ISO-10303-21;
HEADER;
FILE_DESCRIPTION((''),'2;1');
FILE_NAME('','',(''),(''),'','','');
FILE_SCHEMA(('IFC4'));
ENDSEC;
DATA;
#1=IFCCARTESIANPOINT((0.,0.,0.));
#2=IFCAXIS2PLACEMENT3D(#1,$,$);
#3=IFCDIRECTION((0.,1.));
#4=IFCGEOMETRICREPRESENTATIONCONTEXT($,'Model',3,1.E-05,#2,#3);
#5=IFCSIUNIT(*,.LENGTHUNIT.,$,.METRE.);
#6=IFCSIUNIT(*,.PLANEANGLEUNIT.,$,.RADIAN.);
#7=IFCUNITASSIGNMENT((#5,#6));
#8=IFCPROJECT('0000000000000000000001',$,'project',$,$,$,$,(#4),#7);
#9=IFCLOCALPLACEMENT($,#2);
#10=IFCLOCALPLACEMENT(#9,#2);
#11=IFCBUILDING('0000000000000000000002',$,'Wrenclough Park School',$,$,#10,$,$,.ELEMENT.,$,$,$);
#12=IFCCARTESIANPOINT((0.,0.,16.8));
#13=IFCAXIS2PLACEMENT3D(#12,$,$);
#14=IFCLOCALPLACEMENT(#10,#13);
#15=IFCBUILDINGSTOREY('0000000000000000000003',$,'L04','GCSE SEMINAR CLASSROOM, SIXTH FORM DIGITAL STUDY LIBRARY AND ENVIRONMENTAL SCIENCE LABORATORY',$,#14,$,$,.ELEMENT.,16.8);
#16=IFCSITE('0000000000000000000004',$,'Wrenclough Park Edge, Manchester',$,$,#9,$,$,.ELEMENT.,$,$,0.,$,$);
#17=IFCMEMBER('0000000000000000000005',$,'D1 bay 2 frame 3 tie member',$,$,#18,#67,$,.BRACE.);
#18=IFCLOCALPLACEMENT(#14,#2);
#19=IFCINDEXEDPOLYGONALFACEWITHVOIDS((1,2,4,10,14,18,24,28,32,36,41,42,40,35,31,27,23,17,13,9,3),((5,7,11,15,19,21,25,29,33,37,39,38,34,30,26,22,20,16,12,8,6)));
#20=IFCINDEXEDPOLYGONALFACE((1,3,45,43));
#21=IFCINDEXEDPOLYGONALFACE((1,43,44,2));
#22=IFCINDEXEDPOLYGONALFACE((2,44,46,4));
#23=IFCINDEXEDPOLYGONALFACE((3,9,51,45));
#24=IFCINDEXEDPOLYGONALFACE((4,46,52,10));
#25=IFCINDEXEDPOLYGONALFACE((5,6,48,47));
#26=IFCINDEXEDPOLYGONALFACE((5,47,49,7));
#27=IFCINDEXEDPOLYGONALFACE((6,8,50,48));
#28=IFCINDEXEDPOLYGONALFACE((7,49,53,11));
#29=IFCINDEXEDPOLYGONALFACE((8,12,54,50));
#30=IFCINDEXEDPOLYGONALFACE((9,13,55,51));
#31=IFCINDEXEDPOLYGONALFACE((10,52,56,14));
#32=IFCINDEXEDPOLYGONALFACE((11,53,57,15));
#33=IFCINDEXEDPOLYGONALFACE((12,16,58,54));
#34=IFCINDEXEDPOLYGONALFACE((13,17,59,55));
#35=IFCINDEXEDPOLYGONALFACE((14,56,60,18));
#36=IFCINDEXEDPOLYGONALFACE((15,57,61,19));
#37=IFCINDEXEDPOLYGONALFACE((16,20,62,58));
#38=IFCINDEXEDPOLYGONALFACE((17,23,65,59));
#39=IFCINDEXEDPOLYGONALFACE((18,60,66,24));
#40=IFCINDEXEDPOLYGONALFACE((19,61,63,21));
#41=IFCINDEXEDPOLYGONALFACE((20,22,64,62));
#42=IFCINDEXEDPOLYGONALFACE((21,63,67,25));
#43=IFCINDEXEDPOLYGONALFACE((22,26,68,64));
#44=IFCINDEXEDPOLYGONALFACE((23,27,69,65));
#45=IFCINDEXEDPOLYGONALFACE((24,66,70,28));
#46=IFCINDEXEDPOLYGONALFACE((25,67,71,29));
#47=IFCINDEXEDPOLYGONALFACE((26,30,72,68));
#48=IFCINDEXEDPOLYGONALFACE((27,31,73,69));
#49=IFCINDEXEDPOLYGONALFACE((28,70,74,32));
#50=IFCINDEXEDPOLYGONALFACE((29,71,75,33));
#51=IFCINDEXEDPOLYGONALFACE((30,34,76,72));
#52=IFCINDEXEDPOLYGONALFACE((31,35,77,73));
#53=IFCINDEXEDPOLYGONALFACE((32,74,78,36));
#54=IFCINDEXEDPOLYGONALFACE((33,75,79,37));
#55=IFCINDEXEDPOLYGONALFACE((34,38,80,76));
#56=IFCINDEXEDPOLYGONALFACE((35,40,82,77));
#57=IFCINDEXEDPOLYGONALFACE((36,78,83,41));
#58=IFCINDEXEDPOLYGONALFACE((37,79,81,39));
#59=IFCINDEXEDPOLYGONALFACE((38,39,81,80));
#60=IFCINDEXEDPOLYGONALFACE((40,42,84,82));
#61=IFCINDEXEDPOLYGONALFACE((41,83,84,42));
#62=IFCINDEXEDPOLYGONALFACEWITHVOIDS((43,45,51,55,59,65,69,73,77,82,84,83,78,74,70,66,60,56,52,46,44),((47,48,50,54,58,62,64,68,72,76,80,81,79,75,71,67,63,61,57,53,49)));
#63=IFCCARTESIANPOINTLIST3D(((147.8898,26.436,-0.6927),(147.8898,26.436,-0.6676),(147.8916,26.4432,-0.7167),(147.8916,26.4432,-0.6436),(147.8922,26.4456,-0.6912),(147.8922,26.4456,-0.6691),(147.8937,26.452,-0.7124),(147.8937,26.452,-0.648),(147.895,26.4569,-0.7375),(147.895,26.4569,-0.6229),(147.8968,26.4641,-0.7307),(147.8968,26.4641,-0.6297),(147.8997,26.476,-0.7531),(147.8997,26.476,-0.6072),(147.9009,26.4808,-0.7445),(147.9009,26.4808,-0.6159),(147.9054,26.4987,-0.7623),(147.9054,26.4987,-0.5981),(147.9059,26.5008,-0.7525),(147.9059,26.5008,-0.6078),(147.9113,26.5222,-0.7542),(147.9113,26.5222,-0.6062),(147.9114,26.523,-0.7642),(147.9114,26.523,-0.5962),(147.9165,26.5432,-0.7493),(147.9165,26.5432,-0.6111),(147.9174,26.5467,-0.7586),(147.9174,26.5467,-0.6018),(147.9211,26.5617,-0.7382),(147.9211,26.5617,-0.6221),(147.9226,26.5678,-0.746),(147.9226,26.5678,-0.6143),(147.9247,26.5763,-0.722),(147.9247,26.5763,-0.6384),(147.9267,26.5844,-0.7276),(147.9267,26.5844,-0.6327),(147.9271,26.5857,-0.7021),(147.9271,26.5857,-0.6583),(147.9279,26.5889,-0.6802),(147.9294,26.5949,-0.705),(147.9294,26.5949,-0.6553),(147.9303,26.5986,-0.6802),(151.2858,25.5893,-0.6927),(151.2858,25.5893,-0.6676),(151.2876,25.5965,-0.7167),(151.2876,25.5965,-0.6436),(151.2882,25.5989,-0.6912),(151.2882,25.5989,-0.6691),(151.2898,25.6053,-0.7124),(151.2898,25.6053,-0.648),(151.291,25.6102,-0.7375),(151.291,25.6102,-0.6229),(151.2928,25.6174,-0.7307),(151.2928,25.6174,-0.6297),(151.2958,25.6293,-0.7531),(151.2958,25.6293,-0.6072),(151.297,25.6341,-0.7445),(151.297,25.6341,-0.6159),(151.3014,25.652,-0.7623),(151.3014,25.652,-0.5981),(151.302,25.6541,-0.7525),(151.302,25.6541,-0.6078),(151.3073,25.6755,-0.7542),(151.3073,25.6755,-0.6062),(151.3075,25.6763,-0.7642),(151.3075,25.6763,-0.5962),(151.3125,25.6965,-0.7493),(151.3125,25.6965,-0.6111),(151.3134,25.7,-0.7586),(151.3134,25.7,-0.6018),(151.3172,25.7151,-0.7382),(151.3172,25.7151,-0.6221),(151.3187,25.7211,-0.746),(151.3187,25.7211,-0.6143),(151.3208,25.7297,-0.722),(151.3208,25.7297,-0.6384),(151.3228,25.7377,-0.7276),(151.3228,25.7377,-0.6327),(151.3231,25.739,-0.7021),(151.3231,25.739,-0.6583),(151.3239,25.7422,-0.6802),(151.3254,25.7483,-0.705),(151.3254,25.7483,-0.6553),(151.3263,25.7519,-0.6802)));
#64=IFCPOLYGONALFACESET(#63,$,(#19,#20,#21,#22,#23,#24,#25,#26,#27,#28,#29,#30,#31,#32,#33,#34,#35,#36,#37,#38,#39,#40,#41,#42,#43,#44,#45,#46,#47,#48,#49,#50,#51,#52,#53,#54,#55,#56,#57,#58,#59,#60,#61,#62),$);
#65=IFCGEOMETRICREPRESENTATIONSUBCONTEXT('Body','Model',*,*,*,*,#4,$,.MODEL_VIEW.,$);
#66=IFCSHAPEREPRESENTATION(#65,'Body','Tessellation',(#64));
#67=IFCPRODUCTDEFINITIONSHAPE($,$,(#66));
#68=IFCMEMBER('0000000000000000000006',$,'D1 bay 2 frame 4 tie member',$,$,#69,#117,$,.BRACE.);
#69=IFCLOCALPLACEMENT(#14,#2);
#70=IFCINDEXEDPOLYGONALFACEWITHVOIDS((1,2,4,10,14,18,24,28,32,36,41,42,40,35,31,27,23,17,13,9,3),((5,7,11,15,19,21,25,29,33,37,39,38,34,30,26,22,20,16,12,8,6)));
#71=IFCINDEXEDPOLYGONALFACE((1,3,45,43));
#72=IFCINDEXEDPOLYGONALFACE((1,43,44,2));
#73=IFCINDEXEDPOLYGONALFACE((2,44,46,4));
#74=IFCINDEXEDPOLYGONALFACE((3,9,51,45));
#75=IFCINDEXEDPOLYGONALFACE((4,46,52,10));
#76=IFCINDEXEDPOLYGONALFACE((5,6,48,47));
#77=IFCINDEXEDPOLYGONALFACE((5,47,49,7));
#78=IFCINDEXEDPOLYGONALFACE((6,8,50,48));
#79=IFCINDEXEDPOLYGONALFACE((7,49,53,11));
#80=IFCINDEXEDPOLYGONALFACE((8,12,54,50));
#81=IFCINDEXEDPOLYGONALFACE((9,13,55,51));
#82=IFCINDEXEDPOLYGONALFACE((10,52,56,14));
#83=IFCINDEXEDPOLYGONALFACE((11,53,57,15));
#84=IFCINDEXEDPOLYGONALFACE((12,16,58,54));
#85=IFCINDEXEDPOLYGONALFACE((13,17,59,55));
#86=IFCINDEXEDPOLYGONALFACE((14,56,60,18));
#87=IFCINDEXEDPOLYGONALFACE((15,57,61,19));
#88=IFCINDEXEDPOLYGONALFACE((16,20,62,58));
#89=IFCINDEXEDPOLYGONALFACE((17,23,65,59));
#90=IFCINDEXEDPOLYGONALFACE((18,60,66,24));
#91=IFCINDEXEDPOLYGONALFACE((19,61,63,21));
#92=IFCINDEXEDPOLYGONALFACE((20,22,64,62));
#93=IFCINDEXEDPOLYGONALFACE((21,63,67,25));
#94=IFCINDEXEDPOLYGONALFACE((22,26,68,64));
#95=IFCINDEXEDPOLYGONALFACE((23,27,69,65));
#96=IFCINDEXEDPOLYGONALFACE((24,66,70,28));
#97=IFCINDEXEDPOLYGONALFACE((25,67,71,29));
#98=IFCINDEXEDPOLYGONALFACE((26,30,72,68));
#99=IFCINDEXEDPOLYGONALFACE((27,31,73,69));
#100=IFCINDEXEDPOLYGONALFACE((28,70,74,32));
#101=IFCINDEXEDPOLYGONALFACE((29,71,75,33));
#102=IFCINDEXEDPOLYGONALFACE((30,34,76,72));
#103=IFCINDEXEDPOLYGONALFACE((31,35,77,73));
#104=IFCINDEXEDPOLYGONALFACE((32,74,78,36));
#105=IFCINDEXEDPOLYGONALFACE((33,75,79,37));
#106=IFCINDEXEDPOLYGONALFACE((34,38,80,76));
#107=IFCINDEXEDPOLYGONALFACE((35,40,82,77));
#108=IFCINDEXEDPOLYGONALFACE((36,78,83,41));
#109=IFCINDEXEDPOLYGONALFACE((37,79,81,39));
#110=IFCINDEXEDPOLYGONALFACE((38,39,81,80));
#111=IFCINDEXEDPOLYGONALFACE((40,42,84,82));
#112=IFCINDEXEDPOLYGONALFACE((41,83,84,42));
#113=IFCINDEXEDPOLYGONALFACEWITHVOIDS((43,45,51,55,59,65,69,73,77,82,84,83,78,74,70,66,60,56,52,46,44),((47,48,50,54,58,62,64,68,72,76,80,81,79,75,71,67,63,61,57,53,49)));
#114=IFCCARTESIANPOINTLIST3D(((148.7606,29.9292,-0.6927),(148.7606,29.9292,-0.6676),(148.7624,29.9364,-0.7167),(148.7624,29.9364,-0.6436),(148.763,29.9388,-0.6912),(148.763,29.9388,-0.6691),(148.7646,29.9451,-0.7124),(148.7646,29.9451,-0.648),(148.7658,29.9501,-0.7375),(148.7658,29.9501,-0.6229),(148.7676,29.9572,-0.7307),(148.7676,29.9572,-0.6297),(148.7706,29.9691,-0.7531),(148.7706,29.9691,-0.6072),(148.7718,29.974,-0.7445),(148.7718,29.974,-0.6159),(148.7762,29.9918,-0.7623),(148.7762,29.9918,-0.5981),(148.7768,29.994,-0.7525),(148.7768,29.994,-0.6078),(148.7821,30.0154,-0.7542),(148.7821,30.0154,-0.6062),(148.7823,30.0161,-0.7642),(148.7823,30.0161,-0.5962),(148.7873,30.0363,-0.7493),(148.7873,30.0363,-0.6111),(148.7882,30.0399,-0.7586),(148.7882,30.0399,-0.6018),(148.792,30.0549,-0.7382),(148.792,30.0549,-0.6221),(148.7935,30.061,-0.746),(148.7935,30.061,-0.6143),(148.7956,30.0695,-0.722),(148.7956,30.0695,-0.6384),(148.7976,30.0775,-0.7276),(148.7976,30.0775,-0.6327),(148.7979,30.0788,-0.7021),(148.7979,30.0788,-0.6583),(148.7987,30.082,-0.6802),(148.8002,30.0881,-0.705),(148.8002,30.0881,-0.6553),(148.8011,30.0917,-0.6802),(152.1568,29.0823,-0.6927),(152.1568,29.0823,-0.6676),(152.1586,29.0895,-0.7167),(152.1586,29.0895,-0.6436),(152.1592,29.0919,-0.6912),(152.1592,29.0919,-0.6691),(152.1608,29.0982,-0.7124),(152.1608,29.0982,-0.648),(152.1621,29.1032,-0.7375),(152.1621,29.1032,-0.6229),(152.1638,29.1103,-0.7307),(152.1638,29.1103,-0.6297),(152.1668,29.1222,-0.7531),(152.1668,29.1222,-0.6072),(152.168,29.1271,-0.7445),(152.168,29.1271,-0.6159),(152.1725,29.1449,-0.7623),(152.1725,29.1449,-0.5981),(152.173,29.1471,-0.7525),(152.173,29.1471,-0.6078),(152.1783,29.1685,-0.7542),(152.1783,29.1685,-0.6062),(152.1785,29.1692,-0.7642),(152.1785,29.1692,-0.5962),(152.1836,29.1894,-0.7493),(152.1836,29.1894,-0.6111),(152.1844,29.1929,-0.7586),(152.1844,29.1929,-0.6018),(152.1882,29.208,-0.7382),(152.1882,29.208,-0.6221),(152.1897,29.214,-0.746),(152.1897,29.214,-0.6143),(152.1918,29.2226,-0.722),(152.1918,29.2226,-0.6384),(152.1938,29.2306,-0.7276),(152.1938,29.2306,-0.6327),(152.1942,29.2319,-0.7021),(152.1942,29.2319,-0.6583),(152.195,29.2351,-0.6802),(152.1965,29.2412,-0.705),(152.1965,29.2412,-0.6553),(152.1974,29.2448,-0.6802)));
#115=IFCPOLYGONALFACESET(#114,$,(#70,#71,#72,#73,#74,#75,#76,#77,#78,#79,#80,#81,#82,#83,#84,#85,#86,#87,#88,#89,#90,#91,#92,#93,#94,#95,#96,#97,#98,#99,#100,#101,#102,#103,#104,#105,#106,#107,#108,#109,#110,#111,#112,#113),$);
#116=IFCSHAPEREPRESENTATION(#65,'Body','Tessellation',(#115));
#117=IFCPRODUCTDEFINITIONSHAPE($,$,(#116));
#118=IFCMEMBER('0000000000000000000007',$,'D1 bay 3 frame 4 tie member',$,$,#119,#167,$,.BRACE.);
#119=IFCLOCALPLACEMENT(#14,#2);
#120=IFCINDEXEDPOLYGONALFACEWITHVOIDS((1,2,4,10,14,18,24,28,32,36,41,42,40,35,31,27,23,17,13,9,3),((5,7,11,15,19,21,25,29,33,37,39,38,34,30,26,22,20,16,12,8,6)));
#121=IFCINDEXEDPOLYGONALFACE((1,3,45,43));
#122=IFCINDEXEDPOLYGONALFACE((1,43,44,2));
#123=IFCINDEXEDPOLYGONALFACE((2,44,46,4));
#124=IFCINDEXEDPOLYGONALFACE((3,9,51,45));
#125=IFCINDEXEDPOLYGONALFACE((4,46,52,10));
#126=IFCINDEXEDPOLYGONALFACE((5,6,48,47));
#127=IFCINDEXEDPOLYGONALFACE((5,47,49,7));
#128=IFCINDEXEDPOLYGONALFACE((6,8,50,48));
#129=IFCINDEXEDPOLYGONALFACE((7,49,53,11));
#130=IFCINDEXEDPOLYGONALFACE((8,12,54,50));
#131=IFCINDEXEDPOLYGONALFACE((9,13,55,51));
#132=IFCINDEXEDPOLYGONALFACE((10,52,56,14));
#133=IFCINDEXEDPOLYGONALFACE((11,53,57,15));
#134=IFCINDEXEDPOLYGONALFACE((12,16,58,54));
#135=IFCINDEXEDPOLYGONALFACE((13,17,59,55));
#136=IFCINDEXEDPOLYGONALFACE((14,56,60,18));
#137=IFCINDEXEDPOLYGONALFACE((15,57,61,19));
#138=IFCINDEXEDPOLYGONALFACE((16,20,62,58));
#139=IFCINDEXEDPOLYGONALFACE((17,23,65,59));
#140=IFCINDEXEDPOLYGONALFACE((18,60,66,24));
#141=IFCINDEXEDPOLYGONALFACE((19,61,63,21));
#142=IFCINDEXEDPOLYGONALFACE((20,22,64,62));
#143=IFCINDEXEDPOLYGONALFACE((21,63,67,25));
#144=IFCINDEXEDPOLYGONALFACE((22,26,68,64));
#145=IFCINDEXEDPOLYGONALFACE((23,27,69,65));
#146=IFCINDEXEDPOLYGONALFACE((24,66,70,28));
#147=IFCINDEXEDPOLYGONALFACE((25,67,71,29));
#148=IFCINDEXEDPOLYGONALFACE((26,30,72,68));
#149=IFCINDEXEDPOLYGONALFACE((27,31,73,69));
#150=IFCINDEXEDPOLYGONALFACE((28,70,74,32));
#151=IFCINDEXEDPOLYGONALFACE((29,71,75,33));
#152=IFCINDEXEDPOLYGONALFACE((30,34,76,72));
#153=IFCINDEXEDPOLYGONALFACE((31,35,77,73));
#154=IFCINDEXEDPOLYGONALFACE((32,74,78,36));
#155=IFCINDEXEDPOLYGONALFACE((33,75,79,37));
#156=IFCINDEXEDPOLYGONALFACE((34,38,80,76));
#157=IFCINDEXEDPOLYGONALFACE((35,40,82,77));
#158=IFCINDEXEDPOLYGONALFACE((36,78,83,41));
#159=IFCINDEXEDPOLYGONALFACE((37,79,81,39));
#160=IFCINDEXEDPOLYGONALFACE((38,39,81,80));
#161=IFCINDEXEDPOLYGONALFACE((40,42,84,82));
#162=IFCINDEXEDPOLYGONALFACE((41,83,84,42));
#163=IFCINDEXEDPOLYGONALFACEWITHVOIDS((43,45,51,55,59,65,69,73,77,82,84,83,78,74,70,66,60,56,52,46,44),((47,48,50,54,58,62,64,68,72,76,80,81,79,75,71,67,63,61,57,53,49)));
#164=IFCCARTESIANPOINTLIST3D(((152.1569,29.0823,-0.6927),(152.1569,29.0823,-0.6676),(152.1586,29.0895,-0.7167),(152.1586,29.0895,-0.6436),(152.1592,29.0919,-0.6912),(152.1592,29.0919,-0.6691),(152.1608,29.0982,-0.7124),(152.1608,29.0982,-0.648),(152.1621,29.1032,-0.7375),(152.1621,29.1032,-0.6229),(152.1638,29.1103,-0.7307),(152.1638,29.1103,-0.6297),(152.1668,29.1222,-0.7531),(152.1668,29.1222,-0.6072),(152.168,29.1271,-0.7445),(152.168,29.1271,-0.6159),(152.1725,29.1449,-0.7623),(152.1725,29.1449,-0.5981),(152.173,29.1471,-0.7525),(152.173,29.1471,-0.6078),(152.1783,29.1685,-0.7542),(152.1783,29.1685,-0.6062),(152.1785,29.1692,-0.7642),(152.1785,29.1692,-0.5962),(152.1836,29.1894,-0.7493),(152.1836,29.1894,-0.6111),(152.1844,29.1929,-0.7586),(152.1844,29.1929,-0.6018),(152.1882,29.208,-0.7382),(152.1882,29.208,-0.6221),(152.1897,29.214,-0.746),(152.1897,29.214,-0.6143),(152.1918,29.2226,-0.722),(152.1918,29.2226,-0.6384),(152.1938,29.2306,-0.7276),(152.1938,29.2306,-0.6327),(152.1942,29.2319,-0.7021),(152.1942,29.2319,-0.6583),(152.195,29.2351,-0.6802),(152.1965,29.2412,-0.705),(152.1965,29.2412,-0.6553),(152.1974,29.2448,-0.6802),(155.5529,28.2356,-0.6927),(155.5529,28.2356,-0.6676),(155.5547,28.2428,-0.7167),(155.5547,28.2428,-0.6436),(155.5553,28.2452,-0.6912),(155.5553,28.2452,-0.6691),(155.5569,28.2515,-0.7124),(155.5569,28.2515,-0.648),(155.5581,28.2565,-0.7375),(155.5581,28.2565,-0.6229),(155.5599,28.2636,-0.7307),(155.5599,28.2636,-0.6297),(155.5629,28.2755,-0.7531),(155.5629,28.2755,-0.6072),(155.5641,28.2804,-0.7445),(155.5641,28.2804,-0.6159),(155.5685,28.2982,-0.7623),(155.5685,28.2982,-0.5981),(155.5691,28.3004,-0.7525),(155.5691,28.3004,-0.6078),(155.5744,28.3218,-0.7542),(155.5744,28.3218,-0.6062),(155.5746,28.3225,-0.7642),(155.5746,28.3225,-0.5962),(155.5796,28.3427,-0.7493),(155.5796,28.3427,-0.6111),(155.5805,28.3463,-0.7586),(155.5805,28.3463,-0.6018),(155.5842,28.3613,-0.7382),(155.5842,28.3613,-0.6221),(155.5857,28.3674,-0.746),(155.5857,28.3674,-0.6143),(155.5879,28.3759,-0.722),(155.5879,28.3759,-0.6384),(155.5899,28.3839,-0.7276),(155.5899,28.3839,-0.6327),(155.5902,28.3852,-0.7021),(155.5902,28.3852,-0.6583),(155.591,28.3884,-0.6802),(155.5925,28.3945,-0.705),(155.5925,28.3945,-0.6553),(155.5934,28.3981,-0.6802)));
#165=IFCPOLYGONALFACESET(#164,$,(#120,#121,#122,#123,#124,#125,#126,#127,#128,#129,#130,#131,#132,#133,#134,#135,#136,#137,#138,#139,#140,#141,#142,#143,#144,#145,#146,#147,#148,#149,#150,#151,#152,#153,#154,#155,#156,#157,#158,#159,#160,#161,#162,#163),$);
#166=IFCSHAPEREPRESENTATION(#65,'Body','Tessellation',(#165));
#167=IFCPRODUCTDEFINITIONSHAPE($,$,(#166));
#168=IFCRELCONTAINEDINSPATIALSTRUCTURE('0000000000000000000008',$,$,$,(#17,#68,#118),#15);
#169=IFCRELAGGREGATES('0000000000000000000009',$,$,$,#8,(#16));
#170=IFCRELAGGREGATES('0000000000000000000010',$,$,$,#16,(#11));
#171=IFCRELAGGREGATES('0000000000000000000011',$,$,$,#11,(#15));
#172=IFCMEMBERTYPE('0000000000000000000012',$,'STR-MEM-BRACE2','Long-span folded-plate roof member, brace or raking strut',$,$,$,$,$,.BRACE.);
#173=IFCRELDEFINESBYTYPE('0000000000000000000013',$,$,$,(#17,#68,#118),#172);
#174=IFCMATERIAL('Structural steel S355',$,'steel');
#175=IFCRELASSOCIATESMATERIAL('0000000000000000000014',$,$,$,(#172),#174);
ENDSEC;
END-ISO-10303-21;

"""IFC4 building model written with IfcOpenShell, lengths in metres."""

from ifc_helpers import new_model, si_unit, direction, frame, origin, origin_2d, place, context, subcontext, project, spatial, hollow_circle, extrude, material, material_profile, profile_set, type_object, element, save


model = new_model("IFC4")

# Units and contexts
model_context = context("Model", 3, precision=1e-05, world=origin(), true_north=direction((0.0, 1.0)))
body_context = subcontext(model_context, "Body", "Model", "MODEL_VIEW")
ifc_project = project(units=[si_unit("LENGTHUNIT", "METRE"), si_unit("PLANEANGLEUNIT", "RADIAN")], contexts=[model_context])

# Site, building, storey
site_placement = place(None, origin())
site = spatial("IfcSite", under=ifc_project, at=site_placement, Name="Wrenclough Park Edge, Manchester", CompositionType="ELEMENT", RefElevation=0.0)
building_placement = place(site_placement, origin())
building = spatial("IfcBuilding", under=site, at=building_placement, Name="Wrenclough Park School", CompositionType="ELEMENT")
storey_placement = place(building_placement, frame((0.0, 0.0, 16.8)))
storey = spatial("IfcBuildingStorey", under=building, at=storey_placement, Name="L04", Description="GCSE SEMINAR CLASSROOM, SIXTH FORM DIGITAL STUDY LIBRARY AND ENVIRONMENTAL SCIENCE LABORATORY", CompositionType="ELEMENT", Elevation=16.8)

# Members
ifc_material = material(Name="Structural steel S355", Category="steel")
ifc_material_profile_1 = material_profile(ifc_material, hollow_circle(Radius=0.0842, WallThickness=0.01, at=origin_2d()), Name="CHS 168.3x10.0")
ifc_profile_set_1 = profile_set([ifc_material_profile_1], Name="Structural steel S355")
member_type_1 = type_object("IfcMemberType", Name="STR-MEM-BRACE2", Description="Long-span folded-plate roof member, brace or raking strut", PredefinedType="BRACE", material=ifc_profile_set_1)
member_1_placement = place(storey_placement, frame((147.9099, 26.5168, -0.6802), z_axis=(0.970298, -0.241912, 0.0), x_axis=(0.241912, 0.970298, 0.0)))
element("IfcMember", 1, at=member_1_placement, inside=storey, type_object=member_type_1, Name="D1 bay 2 frame 3 tie member", PredefinedType="BRACE", context=body_context, shape_type="SweptSolid", body=[
    extrude(hollow_circle(Radius=0.0842, WallThickness=0.01, at=origin_2d()), origin(), (0.0, 0.0, 1.0), 3.5),
])
member_2_placement = place(storey_placement, frame((148.7808, 30.01, -0.6802), z_axis=(0.970286, -0.241961, 0.0), x_axis=(0.241961, 0.970286, 0.0)))
element("IfcMember", 2, at=member_2_placement, inside=storey, type_object=member_type_1, Name="D1 bay 2 frame 4 tie member", PredefinedType="BRACE", context=body_context, shape_type="SweptSolid", body=[
    extrude(hollow_circle(Radius=0.0842, WallThickness=0.01, at=origin_2d()), origin(), (0.0, 0.0, 1.0), 3.5002),
])
member_3_placement = place(storey_placement, frame((152.177, 29.1631, -0.6802), z_axis=(0.970298, -0.241912, 0.0), x_axis=(0.241912, 0.970298, 0.0)))
element("IfcMember", 3, at=member_3_placement, inside=storey, type_object=member_type_1, Name="D1 bay 3 frame 4 tie member", PredefinedType="BRACE", context=body_context, shape_type="SweptSolid", body=[
    extrude(hollow_circle(Radius=0.0842, WallThickness=0.01, at=origin_2d()), origin(), (0.0, 0.0, 1.0), 3.5),
])

save(model, "model.ifc")
